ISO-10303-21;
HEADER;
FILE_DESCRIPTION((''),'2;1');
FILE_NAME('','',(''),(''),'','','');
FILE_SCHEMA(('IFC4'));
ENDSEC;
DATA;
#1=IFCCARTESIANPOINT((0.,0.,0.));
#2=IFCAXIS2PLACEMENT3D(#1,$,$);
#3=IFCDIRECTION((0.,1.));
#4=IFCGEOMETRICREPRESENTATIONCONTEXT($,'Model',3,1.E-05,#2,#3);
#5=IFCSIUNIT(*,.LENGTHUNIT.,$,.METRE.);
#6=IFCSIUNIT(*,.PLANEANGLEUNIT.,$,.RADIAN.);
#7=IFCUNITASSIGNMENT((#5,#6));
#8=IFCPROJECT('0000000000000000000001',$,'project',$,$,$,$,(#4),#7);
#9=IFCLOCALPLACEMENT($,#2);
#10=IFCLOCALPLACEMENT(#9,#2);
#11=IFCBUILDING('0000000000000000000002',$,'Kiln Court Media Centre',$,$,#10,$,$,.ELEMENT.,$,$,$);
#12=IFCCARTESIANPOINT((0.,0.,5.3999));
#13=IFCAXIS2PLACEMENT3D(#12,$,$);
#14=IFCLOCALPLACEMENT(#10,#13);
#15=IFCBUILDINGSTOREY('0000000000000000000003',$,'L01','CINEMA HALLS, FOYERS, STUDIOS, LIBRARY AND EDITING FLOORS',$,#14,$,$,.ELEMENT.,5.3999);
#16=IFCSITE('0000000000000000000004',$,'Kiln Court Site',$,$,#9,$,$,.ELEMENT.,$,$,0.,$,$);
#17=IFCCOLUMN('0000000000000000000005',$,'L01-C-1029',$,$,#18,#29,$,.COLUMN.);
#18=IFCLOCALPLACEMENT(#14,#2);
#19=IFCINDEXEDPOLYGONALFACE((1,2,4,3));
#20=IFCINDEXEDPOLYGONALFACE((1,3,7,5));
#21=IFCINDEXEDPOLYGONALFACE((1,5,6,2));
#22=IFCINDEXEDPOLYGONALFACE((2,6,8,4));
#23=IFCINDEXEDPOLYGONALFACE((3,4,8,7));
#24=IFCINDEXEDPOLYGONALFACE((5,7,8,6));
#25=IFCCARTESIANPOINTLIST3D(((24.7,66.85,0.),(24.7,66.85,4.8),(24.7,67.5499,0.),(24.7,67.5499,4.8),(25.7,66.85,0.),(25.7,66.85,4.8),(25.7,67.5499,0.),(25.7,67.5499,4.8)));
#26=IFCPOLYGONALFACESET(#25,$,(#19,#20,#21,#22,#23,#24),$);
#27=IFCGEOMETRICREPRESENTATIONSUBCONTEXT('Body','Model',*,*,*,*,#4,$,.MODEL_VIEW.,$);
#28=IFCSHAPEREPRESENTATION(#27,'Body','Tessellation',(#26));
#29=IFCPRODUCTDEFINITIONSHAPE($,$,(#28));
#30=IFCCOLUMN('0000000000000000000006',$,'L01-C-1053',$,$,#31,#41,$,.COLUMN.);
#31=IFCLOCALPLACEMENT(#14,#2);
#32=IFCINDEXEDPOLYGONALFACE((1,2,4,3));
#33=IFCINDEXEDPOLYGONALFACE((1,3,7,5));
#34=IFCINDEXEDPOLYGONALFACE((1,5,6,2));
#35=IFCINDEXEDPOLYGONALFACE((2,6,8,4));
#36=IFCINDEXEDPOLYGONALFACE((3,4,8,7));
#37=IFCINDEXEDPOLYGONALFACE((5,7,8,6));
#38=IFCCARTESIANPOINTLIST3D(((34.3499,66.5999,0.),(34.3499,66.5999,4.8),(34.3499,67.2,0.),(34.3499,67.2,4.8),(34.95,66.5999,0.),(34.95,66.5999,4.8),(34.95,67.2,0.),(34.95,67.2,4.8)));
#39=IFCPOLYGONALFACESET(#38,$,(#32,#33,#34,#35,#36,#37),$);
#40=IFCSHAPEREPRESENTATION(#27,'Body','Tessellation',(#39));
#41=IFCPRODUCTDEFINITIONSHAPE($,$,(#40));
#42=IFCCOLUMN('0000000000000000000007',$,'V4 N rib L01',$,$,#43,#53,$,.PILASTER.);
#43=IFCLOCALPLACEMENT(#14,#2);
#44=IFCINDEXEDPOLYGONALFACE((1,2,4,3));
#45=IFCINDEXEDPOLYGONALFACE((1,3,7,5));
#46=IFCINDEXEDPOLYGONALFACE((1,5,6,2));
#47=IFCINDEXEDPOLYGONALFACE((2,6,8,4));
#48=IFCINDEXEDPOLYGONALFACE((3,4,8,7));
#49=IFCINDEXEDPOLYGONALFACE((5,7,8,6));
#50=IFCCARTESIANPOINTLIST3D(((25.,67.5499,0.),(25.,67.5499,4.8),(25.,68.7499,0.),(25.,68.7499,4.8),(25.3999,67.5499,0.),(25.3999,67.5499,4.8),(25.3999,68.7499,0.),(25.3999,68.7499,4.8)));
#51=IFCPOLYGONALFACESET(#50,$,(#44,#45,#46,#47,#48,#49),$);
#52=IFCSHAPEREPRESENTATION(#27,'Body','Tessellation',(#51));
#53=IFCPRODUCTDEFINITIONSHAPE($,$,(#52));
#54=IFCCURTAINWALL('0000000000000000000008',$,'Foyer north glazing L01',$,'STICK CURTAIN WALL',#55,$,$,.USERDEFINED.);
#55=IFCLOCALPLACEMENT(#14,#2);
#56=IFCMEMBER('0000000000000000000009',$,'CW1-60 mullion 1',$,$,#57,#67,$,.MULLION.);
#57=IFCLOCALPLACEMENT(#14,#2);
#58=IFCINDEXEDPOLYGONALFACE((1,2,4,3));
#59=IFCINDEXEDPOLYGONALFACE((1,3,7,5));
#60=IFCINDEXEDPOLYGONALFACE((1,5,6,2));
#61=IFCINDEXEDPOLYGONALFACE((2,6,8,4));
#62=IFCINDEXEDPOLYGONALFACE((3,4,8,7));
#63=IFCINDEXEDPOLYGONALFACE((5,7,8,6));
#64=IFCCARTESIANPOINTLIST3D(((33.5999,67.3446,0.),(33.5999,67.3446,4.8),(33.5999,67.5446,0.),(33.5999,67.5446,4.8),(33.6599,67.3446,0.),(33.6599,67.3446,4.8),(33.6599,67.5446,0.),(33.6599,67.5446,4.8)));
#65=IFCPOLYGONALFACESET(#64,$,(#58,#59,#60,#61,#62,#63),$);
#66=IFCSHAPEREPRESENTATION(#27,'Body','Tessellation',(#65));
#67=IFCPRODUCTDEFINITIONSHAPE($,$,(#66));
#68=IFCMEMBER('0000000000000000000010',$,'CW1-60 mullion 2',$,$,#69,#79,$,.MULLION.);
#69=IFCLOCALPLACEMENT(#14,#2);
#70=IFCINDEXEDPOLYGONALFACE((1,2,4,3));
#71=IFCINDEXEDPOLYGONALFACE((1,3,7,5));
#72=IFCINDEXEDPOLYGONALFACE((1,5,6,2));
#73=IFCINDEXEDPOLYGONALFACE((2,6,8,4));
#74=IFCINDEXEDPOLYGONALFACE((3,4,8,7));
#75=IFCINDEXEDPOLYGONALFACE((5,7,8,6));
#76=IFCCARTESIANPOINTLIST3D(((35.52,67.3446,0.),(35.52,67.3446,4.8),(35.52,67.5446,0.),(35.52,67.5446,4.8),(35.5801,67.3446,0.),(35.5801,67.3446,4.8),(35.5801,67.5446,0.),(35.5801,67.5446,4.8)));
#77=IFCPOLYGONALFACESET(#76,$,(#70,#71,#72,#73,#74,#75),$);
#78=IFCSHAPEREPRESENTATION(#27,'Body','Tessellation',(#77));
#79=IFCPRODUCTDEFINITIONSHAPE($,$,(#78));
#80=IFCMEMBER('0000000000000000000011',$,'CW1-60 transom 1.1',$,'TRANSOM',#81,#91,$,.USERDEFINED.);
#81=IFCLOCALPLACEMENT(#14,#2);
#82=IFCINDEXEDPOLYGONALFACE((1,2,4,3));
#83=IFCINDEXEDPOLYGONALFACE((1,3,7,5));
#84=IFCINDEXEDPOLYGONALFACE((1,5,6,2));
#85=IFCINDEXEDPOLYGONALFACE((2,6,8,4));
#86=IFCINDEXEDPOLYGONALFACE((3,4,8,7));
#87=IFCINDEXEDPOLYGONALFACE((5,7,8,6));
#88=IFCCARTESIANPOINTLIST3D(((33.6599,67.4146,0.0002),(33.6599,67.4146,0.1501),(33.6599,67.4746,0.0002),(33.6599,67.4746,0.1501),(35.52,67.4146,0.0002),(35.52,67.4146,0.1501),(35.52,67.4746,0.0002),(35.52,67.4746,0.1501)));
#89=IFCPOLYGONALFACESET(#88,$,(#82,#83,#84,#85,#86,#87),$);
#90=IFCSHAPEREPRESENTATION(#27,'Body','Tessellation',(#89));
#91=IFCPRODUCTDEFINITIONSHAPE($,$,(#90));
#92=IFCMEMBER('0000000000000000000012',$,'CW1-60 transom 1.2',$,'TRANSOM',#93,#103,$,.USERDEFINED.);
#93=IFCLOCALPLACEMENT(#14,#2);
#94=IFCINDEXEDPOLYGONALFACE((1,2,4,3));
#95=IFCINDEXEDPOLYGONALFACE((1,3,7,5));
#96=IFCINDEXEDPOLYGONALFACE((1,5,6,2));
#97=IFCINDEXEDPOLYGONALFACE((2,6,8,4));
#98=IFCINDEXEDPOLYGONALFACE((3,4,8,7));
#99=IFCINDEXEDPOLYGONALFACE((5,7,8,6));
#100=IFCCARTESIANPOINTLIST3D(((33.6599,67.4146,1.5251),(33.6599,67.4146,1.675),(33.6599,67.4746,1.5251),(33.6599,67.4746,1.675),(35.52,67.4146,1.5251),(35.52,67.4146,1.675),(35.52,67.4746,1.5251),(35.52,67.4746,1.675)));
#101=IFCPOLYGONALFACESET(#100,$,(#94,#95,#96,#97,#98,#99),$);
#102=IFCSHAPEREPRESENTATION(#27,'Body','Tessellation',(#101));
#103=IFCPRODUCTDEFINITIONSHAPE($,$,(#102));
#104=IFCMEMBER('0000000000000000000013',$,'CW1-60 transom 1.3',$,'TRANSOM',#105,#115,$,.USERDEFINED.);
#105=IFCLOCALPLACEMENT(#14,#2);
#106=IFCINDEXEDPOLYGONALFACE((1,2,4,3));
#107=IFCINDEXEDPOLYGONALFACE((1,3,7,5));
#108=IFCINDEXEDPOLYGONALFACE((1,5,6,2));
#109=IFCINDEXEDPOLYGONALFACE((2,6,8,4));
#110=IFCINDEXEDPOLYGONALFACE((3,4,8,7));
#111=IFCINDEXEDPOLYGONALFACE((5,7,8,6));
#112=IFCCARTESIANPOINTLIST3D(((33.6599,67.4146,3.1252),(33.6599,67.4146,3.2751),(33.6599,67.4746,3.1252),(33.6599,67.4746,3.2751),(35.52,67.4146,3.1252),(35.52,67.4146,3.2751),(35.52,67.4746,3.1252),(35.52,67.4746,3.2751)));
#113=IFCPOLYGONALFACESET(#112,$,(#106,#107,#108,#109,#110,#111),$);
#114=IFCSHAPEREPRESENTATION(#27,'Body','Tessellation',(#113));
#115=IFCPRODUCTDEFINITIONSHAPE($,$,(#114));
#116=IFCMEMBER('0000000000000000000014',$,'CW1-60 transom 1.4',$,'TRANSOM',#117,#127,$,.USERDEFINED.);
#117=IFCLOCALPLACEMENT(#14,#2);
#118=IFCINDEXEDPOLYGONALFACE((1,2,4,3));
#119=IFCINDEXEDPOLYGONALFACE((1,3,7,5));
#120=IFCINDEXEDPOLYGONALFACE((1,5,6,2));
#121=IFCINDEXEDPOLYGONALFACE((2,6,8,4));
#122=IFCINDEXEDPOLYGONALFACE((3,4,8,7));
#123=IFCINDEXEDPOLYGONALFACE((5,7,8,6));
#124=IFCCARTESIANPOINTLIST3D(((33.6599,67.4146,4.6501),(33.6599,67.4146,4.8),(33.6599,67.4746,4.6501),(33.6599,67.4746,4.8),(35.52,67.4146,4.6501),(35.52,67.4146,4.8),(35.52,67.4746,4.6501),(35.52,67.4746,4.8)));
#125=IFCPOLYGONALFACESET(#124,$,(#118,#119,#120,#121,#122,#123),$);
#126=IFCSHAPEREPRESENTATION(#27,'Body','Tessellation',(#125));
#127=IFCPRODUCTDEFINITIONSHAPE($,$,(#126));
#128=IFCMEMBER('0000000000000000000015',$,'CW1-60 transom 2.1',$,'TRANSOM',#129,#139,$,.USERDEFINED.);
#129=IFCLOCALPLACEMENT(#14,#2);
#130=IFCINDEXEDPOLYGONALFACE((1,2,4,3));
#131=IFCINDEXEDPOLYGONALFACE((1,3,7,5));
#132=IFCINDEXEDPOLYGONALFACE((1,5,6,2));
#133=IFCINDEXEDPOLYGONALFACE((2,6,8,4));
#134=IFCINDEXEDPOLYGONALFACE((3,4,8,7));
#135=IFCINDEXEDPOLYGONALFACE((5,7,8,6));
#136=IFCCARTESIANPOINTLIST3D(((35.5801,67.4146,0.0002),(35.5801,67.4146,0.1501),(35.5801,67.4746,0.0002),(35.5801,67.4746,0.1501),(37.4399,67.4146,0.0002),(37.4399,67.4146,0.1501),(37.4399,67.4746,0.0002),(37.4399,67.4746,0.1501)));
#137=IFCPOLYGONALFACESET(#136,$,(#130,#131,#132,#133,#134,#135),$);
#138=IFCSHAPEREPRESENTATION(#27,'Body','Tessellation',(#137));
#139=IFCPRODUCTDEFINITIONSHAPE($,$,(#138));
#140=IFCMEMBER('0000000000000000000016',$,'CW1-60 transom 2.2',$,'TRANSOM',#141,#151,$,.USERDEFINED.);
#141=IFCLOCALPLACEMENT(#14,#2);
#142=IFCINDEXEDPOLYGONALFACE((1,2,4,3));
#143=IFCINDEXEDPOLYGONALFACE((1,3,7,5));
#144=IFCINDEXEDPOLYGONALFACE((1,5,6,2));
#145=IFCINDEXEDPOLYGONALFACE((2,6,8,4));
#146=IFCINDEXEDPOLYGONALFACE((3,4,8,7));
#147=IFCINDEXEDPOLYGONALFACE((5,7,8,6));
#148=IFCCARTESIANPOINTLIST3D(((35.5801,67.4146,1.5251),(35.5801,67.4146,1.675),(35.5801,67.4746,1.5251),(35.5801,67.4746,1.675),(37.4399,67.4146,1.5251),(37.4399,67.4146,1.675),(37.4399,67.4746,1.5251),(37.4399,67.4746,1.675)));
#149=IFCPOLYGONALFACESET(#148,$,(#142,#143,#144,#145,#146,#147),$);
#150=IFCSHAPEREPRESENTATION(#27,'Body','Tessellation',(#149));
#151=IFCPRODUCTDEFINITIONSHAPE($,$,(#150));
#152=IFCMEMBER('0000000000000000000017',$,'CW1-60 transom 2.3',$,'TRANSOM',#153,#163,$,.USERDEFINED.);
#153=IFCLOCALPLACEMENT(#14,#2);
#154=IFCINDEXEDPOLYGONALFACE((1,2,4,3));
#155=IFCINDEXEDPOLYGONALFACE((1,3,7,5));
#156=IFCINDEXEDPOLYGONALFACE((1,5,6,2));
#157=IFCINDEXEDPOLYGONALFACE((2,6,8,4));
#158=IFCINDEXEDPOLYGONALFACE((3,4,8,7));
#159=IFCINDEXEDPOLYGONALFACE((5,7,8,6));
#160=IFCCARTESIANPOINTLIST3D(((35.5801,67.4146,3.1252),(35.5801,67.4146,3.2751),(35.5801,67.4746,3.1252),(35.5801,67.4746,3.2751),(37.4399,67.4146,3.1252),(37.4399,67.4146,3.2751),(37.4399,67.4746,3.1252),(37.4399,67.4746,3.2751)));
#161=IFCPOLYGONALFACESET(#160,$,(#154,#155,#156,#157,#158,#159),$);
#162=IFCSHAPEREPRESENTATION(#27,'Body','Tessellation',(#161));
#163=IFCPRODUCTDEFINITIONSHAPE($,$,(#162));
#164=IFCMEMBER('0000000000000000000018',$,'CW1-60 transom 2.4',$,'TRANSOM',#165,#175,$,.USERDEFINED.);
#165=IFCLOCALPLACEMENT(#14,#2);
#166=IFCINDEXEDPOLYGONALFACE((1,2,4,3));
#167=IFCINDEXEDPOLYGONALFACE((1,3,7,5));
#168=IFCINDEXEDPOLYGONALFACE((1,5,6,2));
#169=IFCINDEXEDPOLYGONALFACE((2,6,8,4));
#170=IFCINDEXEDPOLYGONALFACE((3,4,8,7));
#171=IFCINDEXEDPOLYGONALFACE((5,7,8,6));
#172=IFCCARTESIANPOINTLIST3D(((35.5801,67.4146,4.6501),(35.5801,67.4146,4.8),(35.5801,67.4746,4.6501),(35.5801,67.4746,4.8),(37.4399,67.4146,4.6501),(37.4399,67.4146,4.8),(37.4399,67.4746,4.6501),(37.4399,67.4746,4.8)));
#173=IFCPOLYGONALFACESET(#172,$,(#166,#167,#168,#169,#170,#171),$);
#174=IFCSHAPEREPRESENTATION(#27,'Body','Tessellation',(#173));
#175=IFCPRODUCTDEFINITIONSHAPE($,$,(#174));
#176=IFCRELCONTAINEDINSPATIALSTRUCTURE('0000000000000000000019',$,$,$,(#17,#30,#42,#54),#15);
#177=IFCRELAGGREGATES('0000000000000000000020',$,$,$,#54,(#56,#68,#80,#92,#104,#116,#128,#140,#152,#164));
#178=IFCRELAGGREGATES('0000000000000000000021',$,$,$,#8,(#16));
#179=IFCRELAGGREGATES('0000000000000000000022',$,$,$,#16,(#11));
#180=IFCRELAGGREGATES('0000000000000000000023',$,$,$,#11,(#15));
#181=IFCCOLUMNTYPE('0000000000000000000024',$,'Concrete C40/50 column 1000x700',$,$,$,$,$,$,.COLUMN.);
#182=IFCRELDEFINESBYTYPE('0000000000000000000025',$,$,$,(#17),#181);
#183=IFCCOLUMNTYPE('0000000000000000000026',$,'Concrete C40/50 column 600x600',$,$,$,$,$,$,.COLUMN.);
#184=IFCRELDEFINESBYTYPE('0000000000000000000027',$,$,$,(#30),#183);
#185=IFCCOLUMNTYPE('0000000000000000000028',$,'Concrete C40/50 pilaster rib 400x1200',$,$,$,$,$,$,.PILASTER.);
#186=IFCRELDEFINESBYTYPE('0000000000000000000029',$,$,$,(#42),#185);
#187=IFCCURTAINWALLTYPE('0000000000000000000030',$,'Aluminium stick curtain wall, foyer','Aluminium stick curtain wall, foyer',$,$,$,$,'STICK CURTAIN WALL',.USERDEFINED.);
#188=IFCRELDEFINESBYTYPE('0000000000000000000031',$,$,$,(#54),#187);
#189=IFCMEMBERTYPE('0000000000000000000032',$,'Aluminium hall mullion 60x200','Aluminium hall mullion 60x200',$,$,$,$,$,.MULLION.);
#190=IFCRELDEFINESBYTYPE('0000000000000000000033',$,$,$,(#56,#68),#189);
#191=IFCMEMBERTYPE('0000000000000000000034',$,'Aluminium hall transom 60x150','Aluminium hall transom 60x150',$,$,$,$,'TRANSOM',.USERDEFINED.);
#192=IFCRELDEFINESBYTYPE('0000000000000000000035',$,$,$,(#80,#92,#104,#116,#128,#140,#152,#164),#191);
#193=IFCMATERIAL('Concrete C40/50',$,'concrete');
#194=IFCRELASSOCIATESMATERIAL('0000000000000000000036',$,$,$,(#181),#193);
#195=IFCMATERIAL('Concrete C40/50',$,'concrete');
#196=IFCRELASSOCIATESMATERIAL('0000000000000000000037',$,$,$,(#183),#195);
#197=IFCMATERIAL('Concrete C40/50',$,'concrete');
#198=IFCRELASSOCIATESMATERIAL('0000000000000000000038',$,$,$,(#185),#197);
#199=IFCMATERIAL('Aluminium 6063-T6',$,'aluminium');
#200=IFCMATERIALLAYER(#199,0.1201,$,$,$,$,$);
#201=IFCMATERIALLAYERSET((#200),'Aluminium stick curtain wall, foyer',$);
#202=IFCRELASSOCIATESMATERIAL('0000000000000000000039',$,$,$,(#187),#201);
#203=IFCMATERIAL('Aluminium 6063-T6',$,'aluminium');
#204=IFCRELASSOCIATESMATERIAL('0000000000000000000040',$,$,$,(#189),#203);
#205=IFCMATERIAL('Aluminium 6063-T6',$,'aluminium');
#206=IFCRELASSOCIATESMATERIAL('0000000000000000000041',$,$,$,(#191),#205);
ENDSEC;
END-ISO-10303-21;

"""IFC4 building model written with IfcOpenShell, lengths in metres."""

from ifc_helpers import new_model, si_unit, direction, frame, origin, origin_2d, place, context, subcontext, project, spatial, rectangle, extrude, material, layer, layer_set, material_profile, profile_set, type_object, element, aggregate, save


model = new_model("IFC4")

# Units and contexts
model_context = context("Model", 3, precision=1e-05, world=origin(), true_north=direction((0.0, 1.0)))
body_context = subcontext(model_context, "Body", "Model", "MODEL_VIEW")
ifc_project = project(units=[si_unit("LENGTHUNIT", "METRE"), si_unit("PLANEANGLEUNIT", "RADIAN")], contexts=[model_context])

# Site, building, storey
site_placement = place(None, origin())
site = spatial("IfcSite", under=ifc_project, at=site_placement, Name="Kiln Court Site", CompositionType="ELEMENT", RefElevation=0.0)
building_placement = place(site_placement, origin())
building = spatial("IfcBuilding", under=site, at=building_placement, Name="Kiln Court Media Centre", CompositionType="ELEMENT")
storey_placement = place(building_placement, frame((0.0, 0.0, 5.3999)))
storey = spatial("IfcBuildingStorey", under=building, at=storey_placement, Name="L01", Description="CINEMA HALLS, FOYERS, STUDIOS, LIBRARY AND EDITING FLOORS", CompositionType="ELEMENT", Elevation=5.3999)

# Columns
ifc_material_1 = material(Name="Concrete C40/50", Category="concrete")
ifc_material_profile_1 = material_profile(ifc_material_1, rectangle(XDim=1.0, YDim=0.7, at=origin_2d()), Name="RC 1000x700")
ifc_profile_set_1 = profile_set([ifc_material_profile_1], Name="Concrete C40/50")
column_type_1 = type_object("IfcColumnType", Name="Concrete C40/50 column 1000x700", PredefinedType="COLUMN", material=ifc_profile_set_1)
column_1_placement = place(storey_placement, frame((25.2, 67.2, 0.0), z_axis=(0.0, 0.0, 1.0), x_axis=(1.0, 0.0, 0.0)))
element("IfcColumn", 1, at=column_1_placement, inside=storey, type_object=column_type_1, Name="L01-C-1029", PredefinedType="COLUMN", context=body_context, shape_type="SweptSolid", body=[
    extrude(rectangle(XDim=1.0, YDim=0.7, at=origin_2d()), origin(), (0.0, 0.0, 1.0), 4.8),
])
ifc_material_2 = material(Name="Concrete C40/50", Category="concrete")
ifc_material_profile_2 = material_profile(ifc_material_2, rectangle(XDim=0.6001, YDim=0.6001, at=origin_2d()), Name="RC 600x600")
ifc_profile_set_2 = profile_set([ifc_material_profile_2], Name="Concrete C40/50")
column_type_2 = type_object("IfcColumnType", Name="Concrete C40/50 column 600x600", PredefinedType="COLUMN", material=ifc_profile_set_2)
column_2_placement = place(storey_placement, frame((34.6499, 66.8999, 0.0), z_axis=(0.0, 0.0, 1.0), x_axis=(1.0, 0.0, 0.0)))
element("IfcColumn", 2, at=column_2_placement, inside=storey, type_object=column_type_2, Name="L01-C-1053", PredefinedType="COLUMN", context=body_context, shape_type="SweptSolid", body=[
    extrude(rectangle(XDim=0.6001, YDim=0.6001, at=origin_2d()), origin(), (0.0, 0.0, 1.0), 4.8),
])
ifc_material_3 = material(Name="Concrete C40/50", Category="concrete")
ifc_material_profile_3 = material_profile(ifc_material_3, rectangle(XDim=0.3999, YDim=1.2, at=origin_2d()), Name="RC 400x1200")
ifc_profile_set_3 = profile_set([ifc_material_profile_3], Name="Concrete C40/50")
column_type_3 = type_object("IfcColumnType", Name="Concrete C40/50 pilaster rib 400x1200", PredefinedType="PILASTER", material=ifc_profile_set_3)
column_3_placement = place(storey_placement, frame((25.2, 68.1499, 0.0), z_axis=(0.0, 0.0, 1.0), x_axis=(1.0, 0.0, 0.0)))
element("IfcColumn", 3, at=column_3_placement, inside=storey, type_object=column_type_3, Name="V4 N rib L01", PredefinedType="PILASTER", context=body_context, shape_type="SweptSolid", body=[
    extrude(rectangle(XDim=0.3999, YDim=1.2, at=origin_2d()), origin(), (0.0, 0.0, 1.0), 4.8),
])

# Curtain wall, members
ifc_material_4 = material(Name="Aluminium 6063-T6", Category="aluminium")
ifc_layer_1 = layer(ifc_material_4, 0.1201)
ifc_layer_set_1 = layer_set([ifc_layer_1], Name="Aluminium stick curtain wall, foyer")
curtain_wall_type = type_object("IfcCurtainWallType", Name="Aluminium stick curtain wall, foyer", Description="Aluminium stick curtain wall, foyer", ElementType="STICK CURTAIN WALL", PredefinedType="USERDEFINED", material=ifc_layer_set_1)
curtain_wall_placement = place(storey_placement, origin())
curtain_wall = element("IfcCurtainWall", 4, at=curtain_wall_placement, inside=storey, type_object=curtain_wall_type, Name="Foyer north glazing L01", ObjectType="STICK CURTAIN WALL", PredefinedType="USERDEFINED")
ifc_material_5 = material(Name="Aluminium 6063-T6", Category="aluminium")
ifc_material_profile_4 = material_profile(ifc_material_5, rectangle(XDim=0.0601, YDim=0.2, at=origin_2d()), Name="Aluminium hall mullion 60x200")
ifc_profile_set_4 = profile_set([ifc_material_profile_4], Name="Aluminium 6063-T6")
member_type_1 = type_object("IfcMemberType", Name="Aluminium hall mullion 60x200", Description="Aluminium hall mullion 60x200", PredefinedType="MULLION", material=ifc_profile_set_4)
member_1_placement = place(storey_placement, frame((33.6299, 67.4446, 0.0), z_axis=(0.0, 0.0, 1.0), x_axis=(1.0, 0.0, 0.0)))
member_1 = element("IfcMember", 5, at=member_1_placement, type_object=member_type_1, Name="CW1-60 mullion 1", PredefinedType="MULLION", context=body_context, shape_type="SweptSolid", body=[
    extrude(rectangle(XDim=0.0601, YDim=0.2, at=origin_2d()), origin(), (0.0, 0.0, 1.0), 4.8),
])
member_2_placement = place(storey_placement, frame((35.55, 67.4446, 0.0), z_axis=(0.0, 0.0, 1.0), x_axis=(1.0, 0.0, 0.0)))
member_2 = element("IfcMember", 6, at=member_2_placement, type_object=member_type_1, Name="CW1-60 mullion 2", PredefinedType="MULLION", context=body_context, shape_type="SweptSolid", body=[
    extrude(rectangle(XDim=0.0601, YDim=0.2, at=origin_2d()), origin(), (0.0, 0.0, 1.0), 4.8),
])
ifc_material_6 = material(Name="Aluminium 6063-T6", Category="aluminium")
ifc_material_profile_5 = material_profile(ifc_material_6, rectangle(XDim=0.0601, YDim=0.1499, at=origin_2d()), Name="Aluminium hall transom 60x150")
ifc_profile_set_5 = profile_set([ifc_material_profile_5], Name="Aluminium 6063-T6")
member_type_2 = type_object("IfcMemberType", Name="Aluminium hall transom 60x150", Description="Aluminium hall transom 60x150", ElementType="TRANSOM", PredefinedType="USERDEFINED", material=ifc_profile_set_5)
member_3_placement = place(storey_placement, frame((33.6599, 67.4446, 0.0752), z_axis=(1.0, 0.0, 0.0), x_axis=(0.0, 1.0, 0.0)))
member_3 = element("IfcMember", 7, at=member_3_placement, type_object=member_type_2, Name="CW1-60 transom 1.1", ObjectType="TRANSOM", PredefinedType="USERDEFINED", context=body_context, shape_type="SweptSolid", body=[
    extrude(rectangle(XDim=0.0601, YDim=0.1499, at=origin_2d()), origin(), (0.0, 0.0, 1.0), 1.8601),
])
member_4_placement = place(storey_placement, frame((33.6599, 67.4446, 1.6001), z_axis=(1.0, 0.0, 0.0), x_axis=(0.0, 1.0, 0.0)))
member_4 = element("IfcMember", 8, at=member_4_placement, type_object=member_type_2, Name="CW1-60 transom 1.2", ObjectType="TRANSOM", PredefinedType="USERDEFINED", context=body_context, shape_type="SweptSolid", body=[
    extrude(rectangle(XDim=0.0601, YDim=0.1499, at=origin_2d()), origin(), (0.0, 0.0, 1.0), 1.8601),
])
member_5_placement = place(storey_placement, frame((33.6599, 67.4446, 3.2002), z_axis=(1.0, 0.0, 0.0), x_axis=(0.0, 1.0, 0.0)))
member_5 = element("IfcMember", 9, at=member_5_placement, type_object=member_type_2, Name="CW1-60 transom 1.3", ObjectType="TRANSOM", PredefinedType="USERDEFINED", context=body_context, shape_type="SweptSolid", body=[
    extrude(rectangle(XDim=0.0601, YDim=0.1499, at=origin_2d()), origin(), (0.0, 0.0, 1.0), 1.8601),
])
member_6_placement = place(storey_placement, frame((33.6599, 67.4446, 4.7251), z_axis=(1.0, 0.0, 0.0), x_axis=(0.0, 1.0, 0.0)))
member_6 = element("IfcMember", 10, at=member_6_placement, type_object=member_type_2, Name="CW1-60 transom 1.4", ObjectType="TRANSOM", PredefinedType="USERDEFINED", context=body_context, shape_type="SweptSolid", body=[
    extrude(rectangle(XDim=0.0601, YDim=0.1499, at=origin_2d()), origin(), (0.0, 0.0, 1.0), 1.8601),
])
member_7_placement = place(storey_placement, frame((35.5801, 67.4446, 0.0752), z_axis=(1.0, 0.0, 0.0), x_axis=(0.0, 1.0, 0.0)))
member_7 = element("IfcMember", 11, at=member_7_placement, type_object=member_type_2, Name="CW1-60 transom 2.1", ObjectType="TRANSOM", PredefinedType="USERDEFINED", context=body_context, shape_type="SweptSolid", body=[
    extrude(rectangle(XDim=0.0601, YDim=0.1499, at=origin_2d()), origin(), (0.0, 0.0, 1.0), 1.8599),
])
member_8_placement = place(storey_placement, frame((35.5801, 67.4446, 1.6001), z_axis=(1.0, 0.0, 0.0), x_axis=(0.0, 1.0, 0.0)))
member_8 = element("IfcMember", 12, at=member_8_placement, type_object=member_type_2, Name="CW1-60 transom 2.2", ObjectType="TRANSOM", PredefinedType="USERDEFINED", context=body_context, shape_type="SweptSolid", body=[
    extrude(rectangle(XDim=0.0601, YDim=0.1499, at=origin_2d()), origin(), (0.0, 0.0, 1.0), 1.8599),
])
member_9_placement = place(storey_placement, frame((35.5801, 67.4446, 3.2002), z_axis=(1.0, 0.0, 0.0), x_axis=(0.0, 1.0, 0.0)))
member_9 = element("IfcMember", 13, at=member_9_placement, type_object=member_type_2, Name="CW1-60 transom 2.3", ObjectType="TRANSOM", PredefinedType="USERDEFINED", context=body_context, shape_type="SweptSolid", body=[
    extrude(rectangle(XDim=0.0601, YDim=0.1499, at=origin_2d()), origin(), (0.0, 0.0, 1.0), 1.8599),
])
member_10_placement = place(storey_placement, frame((35.5801, 67.4446, 4.7251), z_axis=(1.0, 0.0, 0.0), x_axis=(0.0, 1.0, 0.0)))
member_10 = element("IfcMember", 14, at=member_10_placement, type_object=member_type_2, Name="CW1-60 transom 2.4", ObjectType="TRANSOM", PredefinedType="USERDEFINED", context=body_context, shape_type="SweptSolid", body=[
    extrude(rectangle(XDim=0.0601, YDim=0.1499, at=origin_2d()), origin(), (0.0, 0.0, 1.0), 1.8599),
])

aggregate(curtain_wall, [member_1, member_2, member_3, member_4, member_5, member_6, member_7, member_8, member_9, member_10])

save(model, "model.ifc")
